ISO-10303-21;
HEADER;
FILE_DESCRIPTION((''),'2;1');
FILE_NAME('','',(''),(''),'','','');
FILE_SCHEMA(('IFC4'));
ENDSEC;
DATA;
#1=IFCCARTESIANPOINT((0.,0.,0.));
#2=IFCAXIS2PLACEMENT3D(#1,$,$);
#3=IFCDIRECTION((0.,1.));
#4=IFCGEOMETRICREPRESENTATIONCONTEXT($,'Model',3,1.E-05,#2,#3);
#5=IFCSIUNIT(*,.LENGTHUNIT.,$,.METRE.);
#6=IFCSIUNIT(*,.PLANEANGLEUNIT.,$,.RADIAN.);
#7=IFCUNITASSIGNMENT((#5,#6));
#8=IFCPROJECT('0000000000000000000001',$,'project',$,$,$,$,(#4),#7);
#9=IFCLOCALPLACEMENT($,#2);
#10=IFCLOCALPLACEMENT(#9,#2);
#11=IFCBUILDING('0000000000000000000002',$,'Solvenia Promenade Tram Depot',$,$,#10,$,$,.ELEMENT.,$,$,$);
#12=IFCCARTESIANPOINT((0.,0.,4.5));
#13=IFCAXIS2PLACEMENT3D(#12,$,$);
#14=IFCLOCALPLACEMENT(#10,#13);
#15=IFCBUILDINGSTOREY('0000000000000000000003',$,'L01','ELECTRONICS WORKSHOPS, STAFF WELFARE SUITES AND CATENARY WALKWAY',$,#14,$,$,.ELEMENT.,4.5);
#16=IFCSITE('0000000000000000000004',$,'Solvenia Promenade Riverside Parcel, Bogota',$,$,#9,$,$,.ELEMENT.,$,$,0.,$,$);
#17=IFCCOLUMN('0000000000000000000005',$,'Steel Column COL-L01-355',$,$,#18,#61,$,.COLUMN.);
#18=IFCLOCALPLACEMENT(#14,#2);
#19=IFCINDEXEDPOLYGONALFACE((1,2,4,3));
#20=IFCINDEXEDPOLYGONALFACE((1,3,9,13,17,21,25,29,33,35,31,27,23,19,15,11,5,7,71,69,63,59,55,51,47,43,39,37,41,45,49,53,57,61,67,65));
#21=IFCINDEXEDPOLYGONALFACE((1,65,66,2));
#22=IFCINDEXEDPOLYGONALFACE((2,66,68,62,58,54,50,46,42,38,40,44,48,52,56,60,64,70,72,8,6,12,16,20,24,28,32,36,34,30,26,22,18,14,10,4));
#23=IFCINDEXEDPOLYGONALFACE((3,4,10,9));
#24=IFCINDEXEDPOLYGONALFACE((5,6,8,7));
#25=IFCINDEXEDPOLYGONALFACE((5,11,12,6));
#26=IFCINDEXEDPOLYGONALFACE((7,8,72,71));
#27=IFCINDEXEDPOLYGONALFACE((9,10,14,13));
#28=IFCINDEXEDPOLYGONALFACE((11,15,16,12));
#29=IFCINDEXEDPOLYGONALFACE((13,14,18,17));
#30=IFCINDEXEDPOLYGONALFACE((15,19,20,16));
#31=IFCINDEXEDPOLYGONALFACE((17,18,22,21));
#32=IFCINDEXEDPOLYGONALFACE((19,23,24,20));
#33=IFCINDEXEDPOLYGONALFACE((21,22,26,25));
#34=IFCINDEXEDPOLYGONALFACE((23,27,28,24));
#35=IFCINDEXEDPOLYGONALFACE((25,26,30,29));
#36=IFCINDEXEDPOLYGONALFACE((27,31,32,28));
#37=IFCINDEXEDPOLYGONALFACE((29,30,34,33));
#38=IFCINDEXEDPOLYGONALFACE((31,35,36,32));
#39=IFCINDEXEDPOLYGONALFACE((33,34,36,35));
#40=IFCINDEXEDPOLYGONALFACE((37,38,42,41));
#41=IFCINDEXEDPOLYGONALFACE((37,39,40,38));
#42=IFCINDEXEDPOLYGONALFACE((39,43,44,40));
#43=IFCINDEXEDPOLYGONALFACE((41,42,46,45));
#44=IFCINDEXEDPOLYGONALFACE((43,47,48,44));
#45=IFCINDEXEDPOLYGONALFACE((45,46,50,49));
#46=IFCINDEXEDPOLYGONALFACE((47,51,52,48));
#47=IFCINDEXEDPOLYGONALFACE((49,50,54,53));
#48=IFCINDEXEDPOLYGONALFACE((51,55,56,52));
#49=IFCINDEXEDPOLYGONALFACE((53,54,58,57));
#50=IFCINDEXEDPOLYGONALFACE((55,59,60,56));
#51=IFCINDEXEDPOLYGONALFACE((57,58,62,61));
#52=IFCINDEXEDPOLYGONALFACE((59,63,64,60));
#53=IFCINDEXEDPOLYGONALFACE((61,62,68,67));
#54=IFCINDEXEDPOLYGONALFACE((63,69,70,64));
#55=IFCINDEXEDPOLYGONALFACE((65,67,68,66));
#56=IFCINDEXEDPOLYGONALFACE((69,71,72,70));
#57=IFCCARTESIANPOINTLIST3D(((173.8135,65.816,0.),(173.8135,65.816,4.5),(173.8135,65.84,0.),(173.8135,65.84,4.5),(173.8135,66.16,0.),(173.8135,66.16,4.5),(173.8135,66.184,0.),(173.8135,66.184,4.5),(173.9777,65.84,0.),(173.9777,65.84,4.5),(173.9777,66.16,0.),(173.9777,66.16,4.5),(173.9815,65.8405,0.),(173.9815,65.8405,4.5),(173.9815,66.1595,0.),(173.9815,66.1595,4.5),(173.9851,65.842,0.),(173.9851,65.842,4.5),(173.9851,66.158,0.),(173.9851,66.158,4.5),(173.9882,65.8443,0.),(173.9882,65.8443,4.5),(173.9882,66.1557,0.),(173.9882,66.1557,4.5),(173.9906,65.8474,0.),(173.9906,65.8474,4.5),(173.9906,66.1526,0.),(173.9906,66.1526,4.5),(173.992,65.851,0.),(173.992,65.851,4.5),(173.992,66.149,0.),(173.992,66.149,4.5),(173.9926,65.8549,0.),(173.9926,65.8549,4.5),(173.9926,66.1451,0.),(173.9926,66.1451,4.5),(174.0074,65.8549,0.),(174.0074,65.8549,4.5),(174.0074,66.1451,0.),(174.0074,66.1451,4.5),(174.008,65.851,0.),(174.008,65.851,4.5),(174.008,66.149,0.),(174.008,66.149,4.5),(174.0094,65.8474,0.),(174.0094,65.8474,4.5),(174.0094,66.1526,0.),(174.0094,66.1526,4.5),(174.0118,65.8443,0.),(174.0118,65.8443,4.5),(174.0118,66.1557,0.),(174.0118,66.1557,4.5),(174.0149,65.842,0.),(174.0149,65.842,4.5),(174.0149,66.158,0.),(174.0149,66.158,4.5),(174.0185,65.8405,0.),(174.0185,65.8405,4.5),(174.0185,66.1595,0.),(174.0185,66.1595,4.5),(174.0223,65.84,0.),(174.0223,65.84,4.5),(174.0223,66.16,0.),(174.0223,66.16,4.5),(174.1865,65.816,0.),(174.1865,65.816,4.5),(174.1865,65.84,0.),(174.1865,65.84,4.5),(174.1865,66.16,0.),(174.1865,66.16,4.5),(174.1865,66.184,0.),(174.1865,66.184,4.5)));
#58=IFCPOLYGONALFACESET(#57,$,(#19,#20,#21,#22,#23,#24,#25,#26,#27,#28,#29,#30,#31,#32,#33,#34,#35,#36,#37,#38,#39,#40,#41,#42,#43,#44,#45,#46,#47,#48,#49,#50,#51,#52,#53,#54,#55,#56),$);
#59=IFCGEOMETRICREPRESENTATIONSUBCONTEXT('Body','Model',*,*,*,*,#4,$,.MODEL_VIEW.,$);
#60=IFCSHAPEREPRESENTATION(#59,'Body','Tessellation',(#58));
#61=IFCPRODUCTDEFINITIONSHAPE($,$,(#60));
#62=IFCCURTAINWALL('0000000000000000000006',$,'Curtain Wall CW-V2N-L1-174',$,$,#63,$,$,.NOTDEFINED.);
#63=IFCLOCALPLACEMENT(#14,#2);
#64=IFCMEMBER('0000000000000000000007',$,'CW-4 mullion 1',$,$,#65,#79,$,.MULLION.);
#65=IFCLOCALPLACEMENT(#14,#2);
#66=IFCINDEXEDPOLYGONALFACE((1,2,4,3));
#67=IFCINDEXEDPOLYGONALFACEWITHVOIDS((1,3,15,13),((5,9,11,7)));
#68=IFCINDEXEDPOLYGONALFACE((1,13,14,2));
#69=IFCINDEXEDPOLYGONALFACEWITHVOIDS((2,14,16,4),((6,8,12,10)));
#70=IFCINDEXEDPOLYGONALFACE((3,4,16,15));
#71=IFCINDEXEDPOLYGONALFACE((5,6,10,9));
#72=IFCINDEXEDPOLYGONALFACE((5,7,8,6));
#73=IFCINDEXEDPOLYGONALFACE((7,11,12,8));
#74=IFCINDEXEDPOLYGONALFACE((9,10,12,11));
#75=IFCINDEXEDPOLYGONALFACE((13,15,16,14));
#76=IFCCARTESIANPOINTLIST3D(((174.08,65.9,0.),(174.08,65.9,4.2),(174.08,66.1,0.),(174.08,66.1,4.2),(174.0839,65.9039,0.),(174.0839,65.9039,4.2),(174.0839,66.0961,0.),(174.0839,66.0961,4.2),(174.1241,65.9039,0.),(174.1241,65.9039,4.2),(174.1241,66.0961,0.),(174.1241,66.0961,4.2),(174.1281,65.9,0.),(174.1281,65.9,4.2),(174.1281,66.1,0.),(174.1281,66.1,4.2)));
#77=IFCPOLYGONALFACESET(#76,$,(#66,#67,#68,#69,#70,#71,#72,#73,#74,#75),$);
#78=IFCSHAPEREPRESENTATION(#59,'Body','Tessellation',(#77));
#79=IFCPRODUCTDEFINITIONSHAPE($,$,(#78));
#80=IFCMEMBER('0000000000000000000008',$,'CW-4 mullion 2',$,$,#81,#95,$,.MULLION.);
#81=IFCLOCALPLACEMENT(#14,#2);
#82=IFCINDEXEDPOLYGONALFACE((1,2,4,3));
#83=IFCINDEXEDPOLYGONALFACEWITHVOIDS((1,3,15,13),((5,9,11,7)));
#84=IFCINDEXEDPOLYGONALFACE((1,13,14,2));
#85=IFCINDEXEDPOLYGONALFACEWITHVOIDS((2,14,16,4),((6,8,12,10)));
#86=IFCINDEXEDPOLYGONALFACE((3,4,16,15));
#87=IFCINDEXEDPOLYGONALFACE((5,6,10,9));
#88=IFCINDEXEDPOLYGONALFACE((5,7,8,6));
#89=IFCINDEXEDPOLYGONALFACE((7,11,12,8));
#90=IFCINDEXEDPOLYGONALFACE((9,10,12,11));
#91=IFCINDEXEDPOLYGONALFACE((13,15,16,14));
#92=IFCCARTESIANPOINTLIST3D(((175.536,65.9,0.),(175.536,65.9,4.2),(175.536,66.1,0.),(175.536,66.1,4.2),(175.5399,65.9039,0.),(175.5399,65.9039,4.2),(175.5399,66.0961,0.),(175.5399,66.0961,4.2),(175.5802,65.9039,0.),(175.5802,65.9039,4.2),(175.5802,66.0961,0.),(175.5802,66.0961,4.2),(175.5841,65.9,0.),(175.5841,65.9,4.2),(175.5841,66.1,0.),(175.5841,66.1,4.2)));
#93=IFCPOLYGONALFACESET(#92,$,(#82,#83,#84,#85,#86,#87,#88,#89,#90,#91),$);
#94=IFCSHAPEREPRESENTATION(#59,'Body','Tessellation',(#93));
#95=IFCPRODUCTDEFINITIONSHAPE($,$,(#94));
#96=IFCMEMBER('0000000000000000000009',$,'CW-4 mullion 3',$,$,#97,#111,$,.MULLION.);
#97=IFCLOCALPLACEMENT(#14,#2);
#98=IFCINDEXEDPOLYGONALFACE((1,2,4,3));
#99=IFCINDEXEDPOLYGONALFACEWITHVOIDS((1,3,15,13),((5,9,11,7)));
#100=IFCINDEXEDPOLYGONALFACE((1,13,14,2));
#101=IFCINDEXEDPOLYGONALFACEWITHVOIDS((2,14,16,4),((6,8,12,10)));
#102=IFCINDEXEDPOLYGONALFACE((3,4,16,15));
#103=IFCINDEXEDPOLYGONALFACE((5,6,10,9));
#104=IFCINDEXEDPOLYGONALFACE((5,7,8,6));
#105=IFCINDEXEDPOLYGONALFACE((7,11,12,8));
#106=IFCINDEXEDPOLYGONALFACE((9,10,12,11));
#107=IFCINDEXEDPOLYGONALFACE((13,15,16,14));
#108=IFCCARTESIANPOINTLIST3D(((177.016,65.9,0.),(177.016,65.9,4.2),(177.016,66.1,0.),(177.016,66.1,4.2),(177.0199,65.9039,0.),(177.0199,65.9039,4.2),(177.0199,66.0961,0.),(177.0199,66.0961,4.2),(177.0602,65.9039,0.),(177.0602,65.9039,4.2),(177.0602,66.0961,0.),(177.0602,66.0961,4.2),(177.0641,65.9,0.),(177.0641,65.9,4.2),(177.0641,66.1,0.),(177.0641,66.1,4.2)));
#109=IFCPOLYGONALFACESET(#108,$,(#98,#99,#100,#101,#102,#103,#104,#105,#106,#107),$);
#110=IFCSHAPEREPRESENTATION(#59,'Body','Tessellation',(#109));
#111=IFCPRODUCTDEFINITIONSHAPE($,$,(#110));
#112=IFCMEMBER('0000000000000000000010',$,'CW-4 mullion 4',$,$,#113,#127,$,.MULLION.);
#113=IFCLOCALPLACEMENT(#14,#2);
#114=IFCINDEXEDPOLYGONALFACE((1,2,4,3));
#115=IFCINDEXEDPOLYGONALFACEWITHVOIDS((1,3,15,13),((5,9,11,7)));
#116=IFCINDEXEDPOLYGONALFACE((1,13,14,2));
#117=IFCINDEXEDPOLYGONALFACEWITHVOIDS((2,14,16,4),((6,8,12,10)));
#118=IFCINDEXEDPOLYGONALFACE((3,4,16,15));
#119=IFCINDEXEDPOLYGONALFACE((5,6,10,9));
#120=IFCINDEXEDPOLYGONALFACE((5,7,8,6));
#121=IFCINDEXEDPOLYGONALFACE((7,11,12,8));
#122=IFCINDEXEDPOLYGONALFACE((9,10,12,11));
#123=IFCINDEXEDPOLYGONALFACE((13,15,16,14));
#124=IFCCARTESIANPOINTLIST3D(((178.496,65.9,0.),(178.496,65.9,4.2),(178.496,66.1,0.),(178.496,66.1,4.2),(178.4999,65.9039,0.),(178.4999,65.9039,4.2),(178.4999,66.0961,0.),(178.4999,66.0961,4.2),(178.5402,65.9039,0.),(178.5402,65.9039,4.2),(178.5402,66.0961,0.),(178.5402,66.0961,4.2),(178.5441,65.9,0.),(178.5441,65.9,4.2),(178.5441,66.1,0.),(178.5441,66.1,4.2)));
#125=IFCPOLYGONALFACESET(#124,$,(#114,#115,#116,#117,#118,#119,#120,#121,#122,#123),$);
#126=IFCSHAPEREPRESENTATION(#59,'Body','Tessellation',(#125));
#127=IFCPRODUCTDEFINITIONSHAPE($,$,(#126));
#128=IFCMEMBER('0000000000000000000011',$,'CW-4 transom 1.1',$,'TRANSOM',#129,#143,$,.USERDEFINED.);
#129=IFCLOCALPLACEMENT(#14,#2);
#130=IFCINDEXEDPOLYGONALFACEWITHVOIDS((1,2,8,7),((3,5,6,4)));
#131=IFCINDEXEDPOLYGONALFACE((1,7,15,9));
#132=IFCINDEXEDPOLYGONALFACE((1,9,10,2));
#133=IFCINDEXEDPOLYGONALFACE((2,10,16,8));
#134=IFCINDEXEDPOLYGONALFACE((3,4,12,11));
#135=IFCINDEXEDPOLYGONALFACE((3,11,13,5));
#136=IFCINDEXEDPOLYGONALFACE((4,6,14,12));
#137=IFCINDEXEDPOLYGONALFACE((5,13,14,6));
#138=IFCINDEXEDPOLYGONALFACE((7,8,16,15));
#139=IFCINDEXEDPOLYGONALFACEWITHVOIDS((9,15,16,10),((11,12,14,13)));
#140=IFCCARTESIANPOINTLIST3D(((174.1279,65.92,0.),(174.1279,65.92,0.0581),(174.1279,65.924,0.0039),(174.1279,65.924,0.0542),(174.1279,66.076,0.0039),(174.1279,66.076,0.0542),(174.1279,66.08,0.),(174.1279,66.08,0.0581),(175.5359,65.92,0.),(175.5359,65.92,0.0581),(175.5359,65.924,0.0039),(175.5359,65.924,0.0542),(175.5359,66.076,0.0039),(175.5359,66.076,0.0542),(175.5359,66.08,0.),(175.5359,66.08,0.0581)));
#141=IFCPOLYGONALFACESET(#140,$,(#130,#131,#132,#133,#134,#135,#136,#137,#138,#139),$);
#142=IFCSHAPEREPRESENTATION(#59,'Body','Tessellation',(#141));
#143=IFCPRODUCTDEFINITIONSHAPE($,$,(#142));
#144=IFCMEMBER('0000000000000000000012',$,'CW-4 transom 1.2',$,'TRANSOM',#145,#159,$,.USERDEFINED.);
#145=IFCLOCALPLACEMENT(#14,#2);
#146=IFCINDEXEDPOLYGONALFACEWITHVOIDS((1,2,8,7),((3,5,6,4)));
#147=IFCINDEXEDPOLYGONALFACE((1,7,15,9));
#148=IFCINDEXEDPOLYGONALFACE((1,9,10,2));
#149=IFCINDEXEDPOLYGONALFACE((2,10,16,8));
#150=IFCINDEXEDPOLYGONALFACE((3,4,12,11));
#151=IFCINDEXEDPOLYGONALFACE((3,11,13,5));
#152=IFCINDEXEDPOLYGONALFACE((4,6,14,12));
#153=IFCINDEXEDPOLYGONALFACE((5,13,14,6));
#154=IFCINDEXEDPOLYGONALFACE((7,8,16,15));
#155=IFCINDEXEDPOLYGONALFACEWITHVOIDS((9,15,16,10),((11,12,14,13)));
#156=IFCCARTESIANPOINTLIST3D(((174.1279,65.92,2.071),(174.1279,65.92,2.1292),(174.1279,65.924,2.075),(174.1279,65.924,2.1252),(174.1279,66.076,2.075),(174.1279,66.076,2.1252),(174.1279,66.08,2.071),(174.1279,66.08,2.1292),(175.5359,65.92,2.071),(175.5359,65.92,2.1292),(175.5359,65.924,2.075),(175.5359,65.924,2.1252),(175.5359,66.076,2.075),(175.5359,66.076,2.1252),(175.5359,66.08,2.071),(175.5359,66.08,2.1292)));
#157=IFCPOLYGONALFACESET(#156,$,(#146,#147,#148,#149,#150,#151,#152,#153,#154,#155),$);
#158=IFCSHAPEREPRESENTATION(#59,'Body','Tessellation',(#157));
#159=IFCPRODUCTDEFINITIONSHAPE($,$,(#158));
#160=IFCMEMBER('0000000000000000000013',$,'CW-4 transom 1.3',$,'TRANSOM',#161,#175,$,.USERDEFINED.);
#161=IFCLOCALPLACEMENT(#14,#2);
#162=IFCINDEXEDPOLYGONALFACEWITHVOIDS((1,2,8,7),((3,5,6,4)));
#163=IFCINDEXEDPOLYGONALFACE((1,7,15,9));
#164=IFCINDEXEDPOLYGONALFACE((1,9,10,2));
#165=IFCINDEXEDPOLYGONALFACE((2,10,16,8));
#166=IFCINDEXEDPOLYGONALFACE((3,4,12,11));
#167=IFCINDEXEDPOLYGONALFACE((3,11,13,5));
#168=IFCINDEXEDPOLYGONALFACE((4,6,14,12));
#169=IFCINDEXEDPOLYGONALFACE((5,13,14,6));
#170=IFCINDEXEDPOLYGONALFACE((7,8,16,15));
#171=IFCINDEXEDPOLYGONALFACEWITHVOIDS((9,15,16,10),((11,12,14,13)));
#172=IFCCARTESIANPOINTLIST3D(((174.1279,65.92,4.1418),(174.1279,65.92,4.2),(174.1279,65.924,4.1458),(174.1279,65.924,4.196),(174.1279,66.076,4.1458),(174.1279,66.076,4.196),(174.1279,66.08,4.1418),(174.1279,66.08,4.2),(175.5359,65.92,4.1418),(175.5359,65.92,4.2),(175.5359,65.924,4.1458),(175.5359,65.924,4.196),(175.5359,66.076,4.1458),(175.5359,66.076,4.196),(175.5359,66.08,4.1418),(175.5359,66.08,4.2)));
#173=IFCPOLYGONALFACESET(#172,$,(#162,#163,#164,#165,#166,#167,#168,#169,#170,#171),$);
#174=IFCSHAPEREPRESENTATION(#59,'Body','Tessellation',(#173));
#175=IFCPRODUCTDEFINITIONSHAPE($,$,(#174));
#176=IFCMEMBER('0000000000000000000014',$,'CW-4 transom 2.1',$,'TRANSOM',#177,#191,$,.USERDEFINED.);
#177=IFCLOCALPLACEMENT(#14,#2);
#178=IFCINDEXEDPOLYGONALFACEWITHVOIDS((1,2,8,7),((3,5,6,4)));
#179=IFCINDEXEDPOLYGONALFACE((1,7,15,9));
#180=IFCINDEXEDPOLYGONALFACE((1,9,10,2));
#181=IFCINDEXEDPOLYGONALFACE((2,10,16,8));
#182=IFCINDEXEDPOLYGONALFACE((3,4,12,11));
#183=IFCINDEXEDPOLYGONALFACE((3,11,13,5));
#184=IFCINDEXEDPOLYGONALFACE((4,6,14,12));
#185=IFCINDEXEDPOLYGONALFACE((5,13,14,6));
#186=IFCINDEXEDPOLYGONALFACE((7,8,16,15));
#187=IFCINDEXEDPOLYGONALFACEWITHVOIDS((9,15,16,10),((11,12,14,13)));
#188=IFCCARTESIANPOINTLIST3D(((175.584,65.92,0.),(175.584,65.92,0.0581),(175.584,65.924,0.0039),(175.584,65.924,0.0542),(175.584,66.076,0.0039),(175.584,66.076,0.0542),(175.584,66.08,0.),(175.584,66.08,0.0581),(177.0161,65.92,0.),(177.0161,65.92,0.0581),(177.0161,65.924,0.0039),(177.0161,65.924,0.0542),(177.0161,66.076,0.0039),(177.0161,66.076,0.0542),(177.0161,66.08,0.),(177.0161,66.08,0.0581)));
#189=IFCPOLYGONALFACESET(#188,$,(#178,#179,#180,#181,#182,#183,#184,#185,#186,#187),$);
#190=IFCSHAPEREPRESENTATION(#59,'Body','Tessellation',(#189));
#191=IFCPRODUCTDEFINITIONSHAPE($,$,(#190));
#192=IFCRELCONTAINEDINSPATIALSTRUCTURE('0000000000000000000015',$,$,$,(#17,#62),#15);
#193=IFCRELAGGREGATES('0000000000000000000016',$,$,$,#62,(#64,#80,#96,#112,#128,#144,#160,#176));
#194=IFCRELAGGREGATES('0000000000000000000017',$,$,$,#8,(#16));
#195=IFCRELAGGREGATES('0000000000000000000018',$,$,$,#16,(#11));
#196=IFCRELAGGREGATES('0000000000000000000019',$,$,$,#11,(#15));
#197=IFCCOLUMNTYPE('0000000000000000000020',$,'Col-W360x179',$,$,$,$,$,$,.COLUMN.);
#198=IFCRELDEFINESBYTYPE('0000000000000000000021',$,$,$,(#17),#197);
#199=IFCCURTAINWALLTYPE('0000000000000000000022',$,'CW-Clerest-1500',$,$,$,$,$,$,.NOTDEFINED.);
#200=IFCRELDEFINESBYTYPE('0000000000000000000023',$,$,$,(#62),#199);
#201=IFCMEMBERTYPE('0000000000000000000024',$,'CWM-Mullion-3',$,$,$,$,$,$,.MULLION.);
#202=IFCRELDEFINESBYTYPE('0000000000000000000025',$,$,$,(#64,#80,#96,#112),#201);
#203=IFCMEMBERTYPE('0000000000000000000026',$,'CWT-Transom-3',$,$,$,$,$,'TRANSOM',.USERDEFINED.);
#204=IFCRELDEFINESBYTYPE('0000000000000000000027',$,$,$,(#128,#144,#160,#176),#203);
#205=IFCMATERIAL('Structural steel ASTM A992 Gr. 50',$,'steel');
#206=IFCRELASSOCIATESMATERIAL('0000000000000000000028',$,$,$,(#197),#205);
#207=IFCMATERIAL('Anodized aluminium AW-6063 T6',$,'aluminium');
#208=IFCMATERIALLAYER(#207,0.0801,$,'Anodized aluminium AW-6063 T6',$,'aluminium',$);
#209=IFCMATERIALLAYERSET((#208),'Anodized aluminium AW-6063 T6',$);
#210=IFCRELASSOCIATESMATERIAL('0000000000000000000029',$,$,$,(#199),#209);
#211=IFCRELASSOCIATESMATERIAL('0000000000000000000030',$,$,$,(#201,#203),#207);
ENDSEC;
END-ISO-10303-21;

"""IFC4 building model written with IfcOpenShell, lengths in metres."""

from ifc_helpers import new_model, si_unit, direction, frame, origin, origin_2d, place, context, subcontext, project, spatial, hollow_rectangle, i_section, extrude, material, layer, layer_set, material_profile, profile_set, type_object, element, aggregate, save


model = new_model("IFC4")

# Units and contexts
model_context = context("Model", 3, precision=1e-05, world=origin(), true_north=direction((0.0, 1.0)))
body_context = subcontext(model_context, "Body", "Model", "MODEL_VIEW")
ifc_project = project(units=[si_unit("LENGTHUNIT", "METRE"), si_unit("PLANEANGLEUNIT", "RADIAN")], contexts=[model_context])

# Site, building, storey
site_placement = place(None, origin())
site = spatial("IfcSite", under=ifc_project, at=site_placement, Name="Solvenia Promenade Riverside Parcel, Bogota", CompositionType="ELEMENT", RefElevation=0.0)
building_placement = place(site_placement, origin())
building = spatial("IfcBuilding", under=site, at=building_placement, Name="Solvenia Promenade Tram Depot", CompositionType="ELEMENT")
storey_placement = place(building_placement, frame((0.0, 0.0, 4.5)))
storey = spatial("IfcBuildingStorey", under=building, at=storey_placement, Name="L01", Description="ELECTRONICS WORKSHOPS, STAFF WELFARE SUITES AND CATENARY WALKWAY", CompositionType="ELEMENT", Elevation=4.5)

# Column
ifc_material_1 = material(Name="Structural steel ASTM A992 Gr. 50", Category="steel")
ifc_material_profile_1 = material_profile(ifc_material_1, i_section(OverallWidth=0.373, OverallDepth=0.3679, WebThickness=0.0149, FlangeThickness=0.0239, FilletRadius=0.0149, at=origin_2d()), Name="W360x179", Category="steel")
ifc_profile_set_1 = profile_set([ifc_material_profile_1], Name="Structural steel ASTM A992 Gr. 50")
column_type = type_object("IfcColumnType", Name="Col-W360x179", PredefinedType="COLUMN", material=ifc_profile_set_1)
column_placement = place(storey_placement, frame((174.0, 66.0, 0.0), z_axis=(0.0, 0.0, 1.0), x_axis=(1.0, 0.0, 0.0)))
element("IfcColumn", 1, at=column_placement, inside=storey, type_object=column_type, Name="Steel Column COL-L01-355", PredefinedType="COLUMN", context=body_context, shape_type="SweptSolid", body=[
    extrude(i_section(OverallWidth=0.373, OverallDepth=0.3679, WebThickness=0.0149, FlangeThickness=0.0239, FilletRadius=0.0149, at=origin_2d()), origin(), (0.0, 0.0, 1.0), 4.5),
])

# Curtain wall, members
ifc_material_2 = material(Name="Anodized aluminium AW-6063 T6", Category="aluminium")
ifc_layer_1 = layer(ifc_material_2, 0.0801, Name="Anodized aluminium AW-6063 T6", Category="aluminium")
ifc_layer_set_1 = layer_set([ifc_layer_1], Name="Anodized aluminium AW-6063 T6")
curtain_wall_type = type_object("IfcCurtainWallType", Name="CW-Clerest-1500", PredefinedType="NOTDEFINED", material=ifc_layer_set_1)
curtain_wall_placement = place(storey_placement, origin())
curtain_wall = element("IfcCurtainWall", 2, at=curtain_wall_placement, inside=storey, type_object=curtain_wall_type, Name="Curtain Wall CW-V2N-L1-174", PredefinedType="NOTDEFINED")
ifc_material_profile_2 = material_profile(ifc_material_2, hollow_rectangle(XDim=0.2, YDim=0.0481, WallThickness=0.0039, at=origin_2d()), Name="ALU-M3", Category="aluminium")
ifc_profile_set_2 = profile_set([ifc_material_profile_2], Name="Anodized aluminium AW-6063 T6")
member_type_1 = type_object("IfcMemberType", Name="CWM-Mullion-3", PredefinedType="MULLION", material=ifc_profile_set_2)
member_1_placement = place(storey_placement, frame((174.104, 66.0, 0.0), z_axis=(0.0, 0.0, 1.0), x_axis=(0.0, 1.0, 0.0)))
member_1 = element("IfcMember", 3, at=member_1_placement, type_object=member_type_1, Name="CW-4 mullion 1", PredefinedType="MULLION", context=body_context, shape_type="SweptSolid", body=[
    extrude(hollow_rectangle(XDim=0.2, YDim=0.0481, WallThickness=0.0039, at=origin_2d()), origin(), (0.0, 0.0, 1.0), 4.2),
])
member_2_placement = place(storey_placement, frame((175.5601, 66.0, 0.0), z_axis=(0.0, 0.0, 1.0), x_axis=(0.0, 1.0, 0.0)))
member_2 = element("IfcMember", 4, at=member_2_placement, type_object=member_type_1, Name="CW-4 mullion 2", PredefinedType="MULLION", context=body_context, shape_type="SweptSolid", body=[
    extrude(hollow_rectangle(XDim=0.2, YDim=0.0481, WallThickness=0.0039, at=origin_2d()), origin(), (0.0, 0.0, 1.0), 4.2),
])
member_3_placement = place(storey_placement, frame((177.04, 66.0, 0.0), z_axis=(0.0, 0.0, 1.0), x_axis=(0.0, 1.0, 0.0)))
member_3 = element("IfcMember", 5, at=member_3_placement, type_object=member_type_1, Name="CW-4 mullion 3", PredefinedType="MULLION", context=body_context, shape_type="SweptSolid", body=[
    extrude(hollow_rectangle(XDim=0.2, YDim=0.0481, WallThickness=0.0039, at=origin_2d()), origin(), (0.0, 0.0, 1.0), 4.2),
])
member_4_placement = place(storey_placement, frame((178.52, 66.0, 0.0), z_axis=(0.0, 0.0, 1.0), x_axis=(0.0, 1.0, 0.0)))
member_4 = element("IfcMember", 6, at=member_4_placement, type_object=member_type_1, Name="CW-4 mullion 4", PredefinedType="MULLION", context=body_context, shape_type="SweptSolid", body=[
    extrude(hollow_rectangle(XDim=0.2, YDim=0.0481, WallThickness=0.0039, at=origin_2d()), origin(), (0.0, 0.0, 1.0), 4.2),
])
ifc_material_profile_3 = material_profile(ifc_material_2, hollow_rectangle(XDim=0.1599, YDim=0.0581, WallThickness=0.0039, at=origin_2d()), Name="ALU-T3", Category="aluminium")
ifc_profile_set_3 = profile_set([ifc_material_profile_3], Name="Anodized aluminium AW-6063 T6")
member_type_2 = type_object("IfcMemberType", Name="CWT-Transom-3", ElementType="TRANSOM", PredefinedType="USERDEFINED", material=ifc_profile_set_3)
member_5_placement = place(storey_placement, frame((174.1279, 66.0, 0.0291), z_axis=(1.0, 0.0, 0.0), x_axis=(0.0, 1.0, 0.0)))
member_5 = element("IfcMember", 7, at=member_5_placement, type_object=member_type_2, Name="CW-4 transom 1.1", ObjectType="TRANSOM", PredefinedType="USERDEFINED", context=body_context, shape_type="SweptSolid", body=[
    extrude(hollow_rectangle(XDim=0.1599, YDim=0.0581, WallThickness=0.0039, at=origin_2d()), origin(), (0.0, 0.0, 1.0), 1.408),
])
member_6_placement = place(storey_placement, frame((174.1279, 66.0, 2.1001), z_axis=(1.0, 0.0, 0.0), x_axis=(0.0, 1.0, 0.0)))
member_6 = element("IfcMember", 8, at=member_6_placement, type_object=member_type_2, Name="CW-4 transom 1.2", ObjectType="TRANSOM", PredefinedType="USERDEFINED", context=body_context, shape_type="SweptSolid", body=[
    extrude(hollow_rectangle(XDim=0.1599, YDim=0.0581, WallThickness=0.0039, at=origin_2d()), origin(), (0.0, 0.0, 1.0), 1.408),
])
member_7_placement = place(storey_placement, frame((174.1279, 66.0, 4.1709), z_axis=(1.0, 0.0, 0.0), x_axis=(0.0, 1.0, 0.0)))
member_7 = element("IfcMember", 9, at=member_7_placement, type_object=member_type_2, Name="CW-4 transom 1.3", ObjectType="TRANSOM", PredefinedType="USERDEFINED", context=body_context, shape_type="SweptSolid", body=[
    extrude(hollow_rectangle(XDim=0.1599, YDim=0.0581, WallThickness=0.0039, at=origin_2d()), origin(), (0.0, 0.0, 1.0), 1.408),
])
member_8_placement = place(storey_placement, frame((175.584, 66.0, 0.0291), z_axis=(1.0, 0.0, 0.0), x_axis=(0.0, 1.0, 0.0)))
member_8 = element("IfcMember", 10, at=member_8_placement, type_object=member_type_2, Name="CW-4 transom 2.1", ObjectType="TRANSOM", PredefinedType="USERDEFINED", context=body_context, shape_type="SweptSolid", body=[
    extrude(hollow_rectangle(XDim=0.1599, YDim=0.0581, WallThickness=0.0039, at=origin_2d()), origin(), (0.0, 0.0, 1.0), 1.4321),
])

aggregate(curtain_wall, [member_1, member_2, member_3, member_4, member_5, member_6, member_7, member_8])

save(model, "model.ifc")
